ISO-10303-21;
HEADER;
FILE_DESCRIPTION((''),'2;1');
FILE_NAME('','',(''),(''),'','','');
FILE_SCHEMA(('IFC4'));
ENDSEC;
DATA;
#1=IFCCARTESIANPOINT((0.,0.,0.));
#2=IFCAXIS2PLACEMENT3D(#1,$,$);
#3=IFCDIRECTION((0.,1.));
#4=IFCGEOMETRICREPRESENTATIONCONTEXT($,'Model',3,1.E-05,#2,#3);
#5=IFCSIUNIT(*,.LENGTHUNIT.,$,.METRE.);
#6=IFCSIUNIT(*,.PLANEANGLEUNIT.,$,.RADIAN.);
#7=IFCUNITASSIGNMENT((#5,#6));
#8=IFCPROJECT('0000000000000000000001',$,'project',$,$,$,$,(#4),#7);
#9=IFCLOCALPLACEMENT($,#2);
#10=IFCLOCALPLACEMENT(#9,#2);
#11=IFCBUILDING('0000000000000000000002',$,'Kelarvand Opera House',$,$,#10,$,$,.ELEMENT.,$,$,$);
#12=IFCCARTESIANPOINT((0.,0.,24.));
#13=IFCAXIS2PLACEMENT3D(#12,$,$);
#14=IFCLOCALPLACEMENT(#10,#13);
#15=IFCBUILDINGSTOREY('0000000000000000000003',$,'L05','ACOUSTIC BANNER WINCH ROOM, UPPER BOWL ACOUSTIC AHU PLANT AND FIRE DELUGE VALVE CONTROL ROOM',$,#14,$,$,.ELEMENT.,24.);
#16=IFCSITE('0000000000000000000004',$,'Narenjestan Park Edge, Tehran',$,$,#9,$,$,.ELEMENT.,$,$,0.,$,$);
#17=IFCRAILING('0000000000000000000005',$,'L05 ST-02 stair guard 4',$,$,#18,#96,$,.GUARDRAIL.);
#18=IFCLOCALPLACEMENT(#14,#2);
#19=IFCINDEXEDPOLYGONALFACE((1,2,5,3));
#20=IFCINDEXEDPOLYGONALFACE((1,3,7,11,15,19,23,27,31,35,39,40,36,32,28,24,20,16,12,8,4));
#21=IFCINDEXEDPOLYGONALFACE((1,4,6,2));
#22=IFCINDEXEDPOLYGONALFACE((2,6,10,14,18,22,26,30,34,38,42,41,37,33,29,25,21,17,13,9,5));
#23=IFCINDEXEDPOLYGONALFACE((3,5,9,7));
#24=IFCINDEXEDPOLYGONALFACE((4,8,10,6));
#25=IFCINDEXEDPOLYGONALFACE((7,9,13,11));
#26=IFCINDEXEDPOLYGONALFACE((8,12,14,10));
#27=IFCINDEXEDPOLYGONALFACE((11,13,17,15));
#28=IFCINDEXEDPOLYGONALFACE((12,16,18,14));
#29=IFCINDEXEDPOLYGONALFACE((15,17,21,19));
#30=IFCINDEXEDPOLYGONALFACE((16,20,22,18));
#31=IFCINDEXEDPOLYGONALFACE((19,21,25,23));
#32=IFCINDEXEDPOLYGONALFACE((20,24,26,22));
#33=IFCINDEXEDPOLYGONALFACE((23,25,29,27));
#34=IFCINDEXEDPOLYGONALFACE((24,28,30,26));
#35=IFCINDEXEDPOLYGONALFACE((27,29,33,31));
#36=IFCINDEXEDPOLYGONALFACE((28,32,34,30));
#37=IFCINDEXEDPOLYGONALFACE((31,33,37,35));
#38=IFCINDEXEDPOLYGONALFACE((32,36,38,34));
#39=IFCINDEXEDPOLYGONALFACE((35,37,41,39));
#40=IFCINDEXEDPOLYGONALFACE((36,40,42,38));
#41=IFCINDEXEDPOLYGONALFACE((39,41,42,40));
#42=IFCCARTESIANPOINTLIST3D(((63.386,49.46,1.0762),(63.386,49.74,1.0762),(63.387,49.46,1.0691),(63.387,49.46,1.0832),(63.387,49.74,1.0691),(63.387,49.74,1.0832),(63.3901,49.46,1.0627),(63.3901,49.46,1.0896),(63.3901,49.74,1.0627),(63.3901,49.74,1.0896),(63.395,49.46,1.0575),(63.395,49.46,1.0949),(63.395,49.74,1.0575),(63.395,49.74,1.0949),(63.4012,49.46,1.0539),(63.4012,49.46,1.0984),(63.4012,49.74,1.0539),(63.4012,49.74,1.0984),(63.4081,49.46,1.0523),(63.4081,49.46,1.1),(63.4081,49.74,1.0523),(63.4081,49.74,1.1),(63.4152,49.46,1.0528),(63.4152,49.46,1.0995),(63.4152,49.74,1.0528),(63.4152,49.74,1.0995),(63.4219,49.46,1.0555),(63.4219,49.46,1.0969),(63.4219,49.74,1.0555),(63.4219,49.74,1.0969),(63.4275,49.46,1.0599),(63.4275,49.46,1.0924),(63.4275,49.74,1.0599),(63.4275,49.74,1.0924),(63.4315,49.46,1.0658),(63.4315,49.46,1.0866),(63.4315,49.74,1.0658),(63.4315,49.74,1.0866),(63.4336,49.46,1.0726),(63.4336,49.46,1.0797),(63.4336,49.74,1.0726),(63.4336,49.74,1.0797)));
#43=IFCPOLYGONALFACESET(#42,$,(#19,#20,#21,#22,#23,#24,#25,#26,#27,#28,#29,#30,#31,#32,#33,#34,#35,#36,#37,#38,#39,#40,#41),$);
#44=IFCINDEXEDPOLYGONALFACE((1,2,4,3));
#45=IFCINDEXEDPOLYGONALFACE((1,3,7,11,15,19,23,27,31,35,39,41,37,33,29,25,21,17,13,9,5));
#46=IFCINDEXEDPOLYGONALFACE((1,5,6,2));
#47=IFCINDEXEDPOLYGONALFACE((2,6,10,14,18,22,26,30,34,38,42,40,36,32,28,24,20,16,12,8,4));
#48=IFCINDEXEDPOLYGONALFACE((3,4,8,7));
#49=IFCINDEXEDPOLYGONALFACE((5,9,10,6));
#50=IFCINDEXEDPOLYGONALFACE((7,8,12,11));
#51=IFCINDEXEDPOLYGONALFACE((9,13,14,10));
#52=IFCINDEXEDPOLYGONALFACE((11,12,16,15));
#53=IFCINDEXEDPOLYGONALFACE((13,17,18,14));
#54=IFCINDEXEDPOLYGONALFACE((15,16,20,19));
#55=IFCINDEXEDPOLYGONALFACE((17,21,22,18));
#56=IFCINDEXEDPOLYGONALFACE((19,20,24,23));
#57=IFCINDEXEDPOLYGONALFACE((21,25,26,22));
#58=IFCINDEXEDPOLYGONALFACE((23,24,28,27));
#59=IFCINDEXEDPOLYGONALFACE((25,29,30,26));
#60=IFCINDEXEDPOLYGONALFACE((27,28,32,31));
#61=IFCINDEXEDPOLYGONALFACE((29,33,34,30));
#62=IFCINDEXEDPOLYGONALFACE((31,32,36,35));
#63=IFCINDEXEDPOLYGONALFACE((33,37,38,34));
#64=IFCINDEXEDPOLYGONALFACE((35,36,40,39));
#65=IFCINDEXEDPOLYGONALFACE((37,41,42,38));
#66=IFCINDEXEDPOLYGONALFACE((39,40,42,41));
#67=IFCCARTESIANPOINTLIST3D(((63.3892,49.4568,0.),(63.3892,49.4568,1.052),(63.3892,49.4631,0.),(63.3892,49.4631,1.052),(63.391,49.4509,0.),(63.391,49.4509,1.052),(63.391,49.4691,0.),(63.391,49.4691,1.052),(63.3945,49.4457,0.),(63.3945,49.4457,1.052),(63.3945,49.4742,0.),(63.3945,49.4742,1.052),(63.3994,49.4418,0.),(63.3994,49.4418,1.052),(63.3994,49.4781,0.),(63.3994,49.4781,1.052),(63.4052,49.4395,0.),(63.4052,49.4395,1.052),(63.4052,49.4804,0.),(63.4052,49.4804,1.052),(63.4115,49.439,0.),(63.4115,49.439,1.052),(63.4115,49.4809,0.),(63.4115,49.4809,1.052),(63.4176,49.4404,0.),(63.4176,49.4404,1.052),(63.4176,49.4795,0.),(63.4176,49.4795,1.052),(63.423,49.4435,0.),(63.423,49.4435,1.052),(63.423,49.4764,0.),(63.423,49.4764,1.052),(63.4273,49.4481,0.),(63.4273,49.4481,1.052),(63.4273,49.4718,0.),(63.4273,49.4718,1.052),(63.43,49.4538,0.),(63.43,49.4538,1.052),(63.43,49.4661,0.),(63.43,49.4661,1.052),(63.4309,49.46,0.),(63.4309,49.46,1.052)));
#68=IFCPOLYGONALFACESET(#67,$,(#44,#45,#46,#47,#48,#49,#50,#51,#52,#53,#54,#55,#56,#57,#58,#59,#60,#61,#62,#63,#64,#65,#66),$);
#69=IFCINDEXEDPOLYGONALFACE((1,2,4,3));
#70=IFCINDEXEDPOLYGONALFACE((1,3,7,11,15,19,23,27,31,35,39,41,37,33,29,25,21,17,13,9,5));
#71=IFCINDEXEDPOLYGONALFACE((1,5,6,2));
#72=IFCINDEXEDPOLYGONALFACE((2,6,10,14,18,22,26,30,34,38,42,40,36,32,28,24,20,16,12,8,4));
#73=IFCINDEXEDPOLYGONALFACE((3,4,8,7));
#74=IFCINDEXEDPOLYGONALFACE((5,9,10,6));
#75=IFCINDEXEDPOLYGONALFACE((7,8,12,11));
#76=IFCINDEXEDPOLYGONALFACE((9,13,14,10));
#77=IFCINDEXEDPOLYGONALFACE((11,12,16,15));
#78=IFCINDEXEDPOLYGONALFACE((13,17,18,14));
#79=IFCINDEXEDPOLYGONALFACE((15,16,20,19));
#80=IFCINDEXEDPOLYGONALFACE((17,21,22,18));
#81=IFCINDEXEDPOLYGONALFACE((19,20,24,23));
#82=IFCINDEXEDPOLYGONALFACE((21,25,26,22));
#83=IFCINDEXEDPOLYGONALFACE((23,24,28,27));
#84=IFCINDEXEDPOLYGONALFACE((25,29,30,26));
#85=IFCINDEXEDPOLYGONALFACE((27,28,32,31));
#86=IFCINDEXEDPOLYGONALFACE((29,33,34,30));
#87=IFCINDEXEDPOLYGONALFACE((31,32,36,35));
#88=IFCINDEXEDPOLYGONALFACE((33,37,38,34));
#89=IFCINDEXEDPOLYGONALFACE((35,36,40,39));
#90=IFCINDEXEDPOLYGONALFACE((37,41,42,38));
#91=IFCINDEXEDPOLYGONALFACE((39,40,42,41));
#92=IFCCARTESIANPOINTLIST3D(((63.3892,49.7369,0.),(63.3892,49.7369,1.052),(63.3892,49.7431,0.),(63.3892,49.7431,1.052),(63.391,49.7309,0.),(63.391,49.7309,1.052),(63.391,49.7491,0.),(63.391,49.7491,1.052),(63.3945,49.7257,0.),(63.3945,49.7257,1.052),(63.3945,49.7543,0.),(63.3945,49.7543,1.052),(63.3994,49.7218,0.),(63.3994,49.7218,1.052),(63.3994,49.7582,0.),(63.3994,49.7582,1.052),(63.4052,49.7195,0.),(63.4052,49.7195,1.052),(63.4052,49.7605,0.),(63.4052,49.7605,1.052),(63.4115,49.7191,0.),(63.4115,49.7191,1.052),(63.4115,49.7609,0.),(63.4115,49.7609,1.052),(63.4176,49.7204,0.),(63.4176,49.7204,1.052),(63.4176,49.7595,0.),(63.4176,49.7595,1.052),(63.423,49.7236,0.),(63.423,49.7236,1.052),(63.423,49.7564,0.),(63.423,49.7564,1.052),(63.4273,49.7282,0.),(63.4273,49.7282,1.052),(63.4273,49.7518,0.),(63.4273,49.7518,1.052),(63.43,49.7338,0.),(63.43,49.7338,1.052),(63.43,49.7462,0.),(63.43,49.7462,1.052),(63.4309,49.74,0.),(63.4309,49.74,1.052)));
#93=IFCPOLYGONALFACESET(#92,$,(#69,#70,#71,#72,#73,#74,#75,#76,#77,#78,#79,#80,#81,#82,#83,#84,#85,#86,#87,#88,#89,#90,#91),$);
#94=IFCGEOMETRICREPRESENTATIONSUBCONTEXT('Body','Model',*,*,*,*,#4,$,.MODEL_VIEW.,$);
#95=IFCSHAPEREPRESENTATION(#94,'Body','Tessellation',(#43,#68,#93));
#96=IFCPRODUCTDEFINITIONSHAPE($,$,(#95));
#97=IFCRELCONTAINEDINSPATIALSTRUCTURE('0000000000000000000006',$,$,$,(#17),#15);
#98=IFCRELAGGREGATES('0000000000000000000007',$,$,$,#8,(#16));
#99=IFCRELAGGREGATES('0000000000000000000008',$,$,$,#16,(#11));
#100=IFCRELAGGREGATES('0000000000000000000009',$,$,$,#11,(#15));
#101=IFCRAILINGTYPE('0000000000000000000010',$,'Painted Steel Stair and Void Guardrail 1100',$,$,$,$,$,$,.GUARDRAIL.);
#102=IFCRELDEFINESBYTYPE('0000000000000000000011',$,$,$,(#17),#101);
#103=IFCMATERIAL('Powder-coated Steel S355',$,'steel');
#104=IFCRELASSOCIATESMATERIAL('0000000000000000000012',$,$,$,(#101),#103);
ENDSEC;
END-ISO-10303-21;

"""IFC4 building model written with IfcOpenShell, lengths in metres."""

from ifc_helpers import new_model, si_unit, direction, frame, origin, origin_2d, place, context, subcontext, project, spatial, circle, extrude, material, type_object, element, save


model = new_model("IFC4")

# Units and contexts
model_context = context("Model", 3, precision=1e-05, world=origin(), true_north=direction((0.0, 1.0)))
body_context = subcontext(model_context, "Body", "Model", "MODEL_VIEW")
ifc_project = project(units=[si_unit("LENGTHUNIT", "METRE"), si_unit("PLANEANGLEUNIT", "RADIAN")], contexts=[model_context])

# Site, building, storey
site_placement = place(None, origin())
site = spatial("IfcSite", under=ifc_project, at=site_placement, Name="Narenjestan Park Edge, Tehran", CompositionType="ELEMENT", RefElevation=0.0)
building_placement = place(site_placement, origin())
building = spatial("IfcBuilding", under=site, at=building_placement, Name="Kelarvand Opera House", CompositionType="ELEMENT")
storey_placement = place(building_placement, frame((0.0, 0.0, 24.0)))
storey = spatial("IfcBuildingStorey", under=building, at=storey_placement, Name="L05", Description="ACOUSTIC BANNER WINCH ROOM, UPPER BOWL ACOUSTIC AHU PLANT AND FIRE DELUGE VALVE CONTROL ROOM", CompositionType="ELEMENT", Elevation=24.0)

# Railing
ifc_material_1 = material(Name="Powder-coated Steel S355", Category="steel")
railing_type_1 = type_object("IfcRailingType", Name="Painted Steel Stair and Void Guardrail 1100", PredefinedType="GUARDRAIL", material=ifc_material_1)
railing_1_placement = place(storey_placement, frame((63.4099, 49.46, 0.0)))
element("IfcRailing", 1, at=railing_1_placement, inside=storey, type_object=railing_type_1, Name="L05 ST-02 stair guard 4", PredefinedType="GUARDRAIL", context=body_context, shape_type="SweptSolid", body=[
    extrude(circle(Radius=0.0239, at=origin_2d()), frame((0.0, 0.0, 1.0762), z_axis=(0.0, 1.0, 0.0), x_axis=(-1.0, 0.0, 0.0)), (0.0, 0.0, 1.0), 0.28),
    extrude(circle(Radius=0.021, at=origin_2d()), origin(), (0.0, 0.0, 1.0), 1.052),
    extrude(circle(Radius=0.021, at=origin_2d()), frame((0.0, 0.28, 0.0)), (0.0, 0.0, 1.0), 1.052),
])

save(model, "model.ifc")
